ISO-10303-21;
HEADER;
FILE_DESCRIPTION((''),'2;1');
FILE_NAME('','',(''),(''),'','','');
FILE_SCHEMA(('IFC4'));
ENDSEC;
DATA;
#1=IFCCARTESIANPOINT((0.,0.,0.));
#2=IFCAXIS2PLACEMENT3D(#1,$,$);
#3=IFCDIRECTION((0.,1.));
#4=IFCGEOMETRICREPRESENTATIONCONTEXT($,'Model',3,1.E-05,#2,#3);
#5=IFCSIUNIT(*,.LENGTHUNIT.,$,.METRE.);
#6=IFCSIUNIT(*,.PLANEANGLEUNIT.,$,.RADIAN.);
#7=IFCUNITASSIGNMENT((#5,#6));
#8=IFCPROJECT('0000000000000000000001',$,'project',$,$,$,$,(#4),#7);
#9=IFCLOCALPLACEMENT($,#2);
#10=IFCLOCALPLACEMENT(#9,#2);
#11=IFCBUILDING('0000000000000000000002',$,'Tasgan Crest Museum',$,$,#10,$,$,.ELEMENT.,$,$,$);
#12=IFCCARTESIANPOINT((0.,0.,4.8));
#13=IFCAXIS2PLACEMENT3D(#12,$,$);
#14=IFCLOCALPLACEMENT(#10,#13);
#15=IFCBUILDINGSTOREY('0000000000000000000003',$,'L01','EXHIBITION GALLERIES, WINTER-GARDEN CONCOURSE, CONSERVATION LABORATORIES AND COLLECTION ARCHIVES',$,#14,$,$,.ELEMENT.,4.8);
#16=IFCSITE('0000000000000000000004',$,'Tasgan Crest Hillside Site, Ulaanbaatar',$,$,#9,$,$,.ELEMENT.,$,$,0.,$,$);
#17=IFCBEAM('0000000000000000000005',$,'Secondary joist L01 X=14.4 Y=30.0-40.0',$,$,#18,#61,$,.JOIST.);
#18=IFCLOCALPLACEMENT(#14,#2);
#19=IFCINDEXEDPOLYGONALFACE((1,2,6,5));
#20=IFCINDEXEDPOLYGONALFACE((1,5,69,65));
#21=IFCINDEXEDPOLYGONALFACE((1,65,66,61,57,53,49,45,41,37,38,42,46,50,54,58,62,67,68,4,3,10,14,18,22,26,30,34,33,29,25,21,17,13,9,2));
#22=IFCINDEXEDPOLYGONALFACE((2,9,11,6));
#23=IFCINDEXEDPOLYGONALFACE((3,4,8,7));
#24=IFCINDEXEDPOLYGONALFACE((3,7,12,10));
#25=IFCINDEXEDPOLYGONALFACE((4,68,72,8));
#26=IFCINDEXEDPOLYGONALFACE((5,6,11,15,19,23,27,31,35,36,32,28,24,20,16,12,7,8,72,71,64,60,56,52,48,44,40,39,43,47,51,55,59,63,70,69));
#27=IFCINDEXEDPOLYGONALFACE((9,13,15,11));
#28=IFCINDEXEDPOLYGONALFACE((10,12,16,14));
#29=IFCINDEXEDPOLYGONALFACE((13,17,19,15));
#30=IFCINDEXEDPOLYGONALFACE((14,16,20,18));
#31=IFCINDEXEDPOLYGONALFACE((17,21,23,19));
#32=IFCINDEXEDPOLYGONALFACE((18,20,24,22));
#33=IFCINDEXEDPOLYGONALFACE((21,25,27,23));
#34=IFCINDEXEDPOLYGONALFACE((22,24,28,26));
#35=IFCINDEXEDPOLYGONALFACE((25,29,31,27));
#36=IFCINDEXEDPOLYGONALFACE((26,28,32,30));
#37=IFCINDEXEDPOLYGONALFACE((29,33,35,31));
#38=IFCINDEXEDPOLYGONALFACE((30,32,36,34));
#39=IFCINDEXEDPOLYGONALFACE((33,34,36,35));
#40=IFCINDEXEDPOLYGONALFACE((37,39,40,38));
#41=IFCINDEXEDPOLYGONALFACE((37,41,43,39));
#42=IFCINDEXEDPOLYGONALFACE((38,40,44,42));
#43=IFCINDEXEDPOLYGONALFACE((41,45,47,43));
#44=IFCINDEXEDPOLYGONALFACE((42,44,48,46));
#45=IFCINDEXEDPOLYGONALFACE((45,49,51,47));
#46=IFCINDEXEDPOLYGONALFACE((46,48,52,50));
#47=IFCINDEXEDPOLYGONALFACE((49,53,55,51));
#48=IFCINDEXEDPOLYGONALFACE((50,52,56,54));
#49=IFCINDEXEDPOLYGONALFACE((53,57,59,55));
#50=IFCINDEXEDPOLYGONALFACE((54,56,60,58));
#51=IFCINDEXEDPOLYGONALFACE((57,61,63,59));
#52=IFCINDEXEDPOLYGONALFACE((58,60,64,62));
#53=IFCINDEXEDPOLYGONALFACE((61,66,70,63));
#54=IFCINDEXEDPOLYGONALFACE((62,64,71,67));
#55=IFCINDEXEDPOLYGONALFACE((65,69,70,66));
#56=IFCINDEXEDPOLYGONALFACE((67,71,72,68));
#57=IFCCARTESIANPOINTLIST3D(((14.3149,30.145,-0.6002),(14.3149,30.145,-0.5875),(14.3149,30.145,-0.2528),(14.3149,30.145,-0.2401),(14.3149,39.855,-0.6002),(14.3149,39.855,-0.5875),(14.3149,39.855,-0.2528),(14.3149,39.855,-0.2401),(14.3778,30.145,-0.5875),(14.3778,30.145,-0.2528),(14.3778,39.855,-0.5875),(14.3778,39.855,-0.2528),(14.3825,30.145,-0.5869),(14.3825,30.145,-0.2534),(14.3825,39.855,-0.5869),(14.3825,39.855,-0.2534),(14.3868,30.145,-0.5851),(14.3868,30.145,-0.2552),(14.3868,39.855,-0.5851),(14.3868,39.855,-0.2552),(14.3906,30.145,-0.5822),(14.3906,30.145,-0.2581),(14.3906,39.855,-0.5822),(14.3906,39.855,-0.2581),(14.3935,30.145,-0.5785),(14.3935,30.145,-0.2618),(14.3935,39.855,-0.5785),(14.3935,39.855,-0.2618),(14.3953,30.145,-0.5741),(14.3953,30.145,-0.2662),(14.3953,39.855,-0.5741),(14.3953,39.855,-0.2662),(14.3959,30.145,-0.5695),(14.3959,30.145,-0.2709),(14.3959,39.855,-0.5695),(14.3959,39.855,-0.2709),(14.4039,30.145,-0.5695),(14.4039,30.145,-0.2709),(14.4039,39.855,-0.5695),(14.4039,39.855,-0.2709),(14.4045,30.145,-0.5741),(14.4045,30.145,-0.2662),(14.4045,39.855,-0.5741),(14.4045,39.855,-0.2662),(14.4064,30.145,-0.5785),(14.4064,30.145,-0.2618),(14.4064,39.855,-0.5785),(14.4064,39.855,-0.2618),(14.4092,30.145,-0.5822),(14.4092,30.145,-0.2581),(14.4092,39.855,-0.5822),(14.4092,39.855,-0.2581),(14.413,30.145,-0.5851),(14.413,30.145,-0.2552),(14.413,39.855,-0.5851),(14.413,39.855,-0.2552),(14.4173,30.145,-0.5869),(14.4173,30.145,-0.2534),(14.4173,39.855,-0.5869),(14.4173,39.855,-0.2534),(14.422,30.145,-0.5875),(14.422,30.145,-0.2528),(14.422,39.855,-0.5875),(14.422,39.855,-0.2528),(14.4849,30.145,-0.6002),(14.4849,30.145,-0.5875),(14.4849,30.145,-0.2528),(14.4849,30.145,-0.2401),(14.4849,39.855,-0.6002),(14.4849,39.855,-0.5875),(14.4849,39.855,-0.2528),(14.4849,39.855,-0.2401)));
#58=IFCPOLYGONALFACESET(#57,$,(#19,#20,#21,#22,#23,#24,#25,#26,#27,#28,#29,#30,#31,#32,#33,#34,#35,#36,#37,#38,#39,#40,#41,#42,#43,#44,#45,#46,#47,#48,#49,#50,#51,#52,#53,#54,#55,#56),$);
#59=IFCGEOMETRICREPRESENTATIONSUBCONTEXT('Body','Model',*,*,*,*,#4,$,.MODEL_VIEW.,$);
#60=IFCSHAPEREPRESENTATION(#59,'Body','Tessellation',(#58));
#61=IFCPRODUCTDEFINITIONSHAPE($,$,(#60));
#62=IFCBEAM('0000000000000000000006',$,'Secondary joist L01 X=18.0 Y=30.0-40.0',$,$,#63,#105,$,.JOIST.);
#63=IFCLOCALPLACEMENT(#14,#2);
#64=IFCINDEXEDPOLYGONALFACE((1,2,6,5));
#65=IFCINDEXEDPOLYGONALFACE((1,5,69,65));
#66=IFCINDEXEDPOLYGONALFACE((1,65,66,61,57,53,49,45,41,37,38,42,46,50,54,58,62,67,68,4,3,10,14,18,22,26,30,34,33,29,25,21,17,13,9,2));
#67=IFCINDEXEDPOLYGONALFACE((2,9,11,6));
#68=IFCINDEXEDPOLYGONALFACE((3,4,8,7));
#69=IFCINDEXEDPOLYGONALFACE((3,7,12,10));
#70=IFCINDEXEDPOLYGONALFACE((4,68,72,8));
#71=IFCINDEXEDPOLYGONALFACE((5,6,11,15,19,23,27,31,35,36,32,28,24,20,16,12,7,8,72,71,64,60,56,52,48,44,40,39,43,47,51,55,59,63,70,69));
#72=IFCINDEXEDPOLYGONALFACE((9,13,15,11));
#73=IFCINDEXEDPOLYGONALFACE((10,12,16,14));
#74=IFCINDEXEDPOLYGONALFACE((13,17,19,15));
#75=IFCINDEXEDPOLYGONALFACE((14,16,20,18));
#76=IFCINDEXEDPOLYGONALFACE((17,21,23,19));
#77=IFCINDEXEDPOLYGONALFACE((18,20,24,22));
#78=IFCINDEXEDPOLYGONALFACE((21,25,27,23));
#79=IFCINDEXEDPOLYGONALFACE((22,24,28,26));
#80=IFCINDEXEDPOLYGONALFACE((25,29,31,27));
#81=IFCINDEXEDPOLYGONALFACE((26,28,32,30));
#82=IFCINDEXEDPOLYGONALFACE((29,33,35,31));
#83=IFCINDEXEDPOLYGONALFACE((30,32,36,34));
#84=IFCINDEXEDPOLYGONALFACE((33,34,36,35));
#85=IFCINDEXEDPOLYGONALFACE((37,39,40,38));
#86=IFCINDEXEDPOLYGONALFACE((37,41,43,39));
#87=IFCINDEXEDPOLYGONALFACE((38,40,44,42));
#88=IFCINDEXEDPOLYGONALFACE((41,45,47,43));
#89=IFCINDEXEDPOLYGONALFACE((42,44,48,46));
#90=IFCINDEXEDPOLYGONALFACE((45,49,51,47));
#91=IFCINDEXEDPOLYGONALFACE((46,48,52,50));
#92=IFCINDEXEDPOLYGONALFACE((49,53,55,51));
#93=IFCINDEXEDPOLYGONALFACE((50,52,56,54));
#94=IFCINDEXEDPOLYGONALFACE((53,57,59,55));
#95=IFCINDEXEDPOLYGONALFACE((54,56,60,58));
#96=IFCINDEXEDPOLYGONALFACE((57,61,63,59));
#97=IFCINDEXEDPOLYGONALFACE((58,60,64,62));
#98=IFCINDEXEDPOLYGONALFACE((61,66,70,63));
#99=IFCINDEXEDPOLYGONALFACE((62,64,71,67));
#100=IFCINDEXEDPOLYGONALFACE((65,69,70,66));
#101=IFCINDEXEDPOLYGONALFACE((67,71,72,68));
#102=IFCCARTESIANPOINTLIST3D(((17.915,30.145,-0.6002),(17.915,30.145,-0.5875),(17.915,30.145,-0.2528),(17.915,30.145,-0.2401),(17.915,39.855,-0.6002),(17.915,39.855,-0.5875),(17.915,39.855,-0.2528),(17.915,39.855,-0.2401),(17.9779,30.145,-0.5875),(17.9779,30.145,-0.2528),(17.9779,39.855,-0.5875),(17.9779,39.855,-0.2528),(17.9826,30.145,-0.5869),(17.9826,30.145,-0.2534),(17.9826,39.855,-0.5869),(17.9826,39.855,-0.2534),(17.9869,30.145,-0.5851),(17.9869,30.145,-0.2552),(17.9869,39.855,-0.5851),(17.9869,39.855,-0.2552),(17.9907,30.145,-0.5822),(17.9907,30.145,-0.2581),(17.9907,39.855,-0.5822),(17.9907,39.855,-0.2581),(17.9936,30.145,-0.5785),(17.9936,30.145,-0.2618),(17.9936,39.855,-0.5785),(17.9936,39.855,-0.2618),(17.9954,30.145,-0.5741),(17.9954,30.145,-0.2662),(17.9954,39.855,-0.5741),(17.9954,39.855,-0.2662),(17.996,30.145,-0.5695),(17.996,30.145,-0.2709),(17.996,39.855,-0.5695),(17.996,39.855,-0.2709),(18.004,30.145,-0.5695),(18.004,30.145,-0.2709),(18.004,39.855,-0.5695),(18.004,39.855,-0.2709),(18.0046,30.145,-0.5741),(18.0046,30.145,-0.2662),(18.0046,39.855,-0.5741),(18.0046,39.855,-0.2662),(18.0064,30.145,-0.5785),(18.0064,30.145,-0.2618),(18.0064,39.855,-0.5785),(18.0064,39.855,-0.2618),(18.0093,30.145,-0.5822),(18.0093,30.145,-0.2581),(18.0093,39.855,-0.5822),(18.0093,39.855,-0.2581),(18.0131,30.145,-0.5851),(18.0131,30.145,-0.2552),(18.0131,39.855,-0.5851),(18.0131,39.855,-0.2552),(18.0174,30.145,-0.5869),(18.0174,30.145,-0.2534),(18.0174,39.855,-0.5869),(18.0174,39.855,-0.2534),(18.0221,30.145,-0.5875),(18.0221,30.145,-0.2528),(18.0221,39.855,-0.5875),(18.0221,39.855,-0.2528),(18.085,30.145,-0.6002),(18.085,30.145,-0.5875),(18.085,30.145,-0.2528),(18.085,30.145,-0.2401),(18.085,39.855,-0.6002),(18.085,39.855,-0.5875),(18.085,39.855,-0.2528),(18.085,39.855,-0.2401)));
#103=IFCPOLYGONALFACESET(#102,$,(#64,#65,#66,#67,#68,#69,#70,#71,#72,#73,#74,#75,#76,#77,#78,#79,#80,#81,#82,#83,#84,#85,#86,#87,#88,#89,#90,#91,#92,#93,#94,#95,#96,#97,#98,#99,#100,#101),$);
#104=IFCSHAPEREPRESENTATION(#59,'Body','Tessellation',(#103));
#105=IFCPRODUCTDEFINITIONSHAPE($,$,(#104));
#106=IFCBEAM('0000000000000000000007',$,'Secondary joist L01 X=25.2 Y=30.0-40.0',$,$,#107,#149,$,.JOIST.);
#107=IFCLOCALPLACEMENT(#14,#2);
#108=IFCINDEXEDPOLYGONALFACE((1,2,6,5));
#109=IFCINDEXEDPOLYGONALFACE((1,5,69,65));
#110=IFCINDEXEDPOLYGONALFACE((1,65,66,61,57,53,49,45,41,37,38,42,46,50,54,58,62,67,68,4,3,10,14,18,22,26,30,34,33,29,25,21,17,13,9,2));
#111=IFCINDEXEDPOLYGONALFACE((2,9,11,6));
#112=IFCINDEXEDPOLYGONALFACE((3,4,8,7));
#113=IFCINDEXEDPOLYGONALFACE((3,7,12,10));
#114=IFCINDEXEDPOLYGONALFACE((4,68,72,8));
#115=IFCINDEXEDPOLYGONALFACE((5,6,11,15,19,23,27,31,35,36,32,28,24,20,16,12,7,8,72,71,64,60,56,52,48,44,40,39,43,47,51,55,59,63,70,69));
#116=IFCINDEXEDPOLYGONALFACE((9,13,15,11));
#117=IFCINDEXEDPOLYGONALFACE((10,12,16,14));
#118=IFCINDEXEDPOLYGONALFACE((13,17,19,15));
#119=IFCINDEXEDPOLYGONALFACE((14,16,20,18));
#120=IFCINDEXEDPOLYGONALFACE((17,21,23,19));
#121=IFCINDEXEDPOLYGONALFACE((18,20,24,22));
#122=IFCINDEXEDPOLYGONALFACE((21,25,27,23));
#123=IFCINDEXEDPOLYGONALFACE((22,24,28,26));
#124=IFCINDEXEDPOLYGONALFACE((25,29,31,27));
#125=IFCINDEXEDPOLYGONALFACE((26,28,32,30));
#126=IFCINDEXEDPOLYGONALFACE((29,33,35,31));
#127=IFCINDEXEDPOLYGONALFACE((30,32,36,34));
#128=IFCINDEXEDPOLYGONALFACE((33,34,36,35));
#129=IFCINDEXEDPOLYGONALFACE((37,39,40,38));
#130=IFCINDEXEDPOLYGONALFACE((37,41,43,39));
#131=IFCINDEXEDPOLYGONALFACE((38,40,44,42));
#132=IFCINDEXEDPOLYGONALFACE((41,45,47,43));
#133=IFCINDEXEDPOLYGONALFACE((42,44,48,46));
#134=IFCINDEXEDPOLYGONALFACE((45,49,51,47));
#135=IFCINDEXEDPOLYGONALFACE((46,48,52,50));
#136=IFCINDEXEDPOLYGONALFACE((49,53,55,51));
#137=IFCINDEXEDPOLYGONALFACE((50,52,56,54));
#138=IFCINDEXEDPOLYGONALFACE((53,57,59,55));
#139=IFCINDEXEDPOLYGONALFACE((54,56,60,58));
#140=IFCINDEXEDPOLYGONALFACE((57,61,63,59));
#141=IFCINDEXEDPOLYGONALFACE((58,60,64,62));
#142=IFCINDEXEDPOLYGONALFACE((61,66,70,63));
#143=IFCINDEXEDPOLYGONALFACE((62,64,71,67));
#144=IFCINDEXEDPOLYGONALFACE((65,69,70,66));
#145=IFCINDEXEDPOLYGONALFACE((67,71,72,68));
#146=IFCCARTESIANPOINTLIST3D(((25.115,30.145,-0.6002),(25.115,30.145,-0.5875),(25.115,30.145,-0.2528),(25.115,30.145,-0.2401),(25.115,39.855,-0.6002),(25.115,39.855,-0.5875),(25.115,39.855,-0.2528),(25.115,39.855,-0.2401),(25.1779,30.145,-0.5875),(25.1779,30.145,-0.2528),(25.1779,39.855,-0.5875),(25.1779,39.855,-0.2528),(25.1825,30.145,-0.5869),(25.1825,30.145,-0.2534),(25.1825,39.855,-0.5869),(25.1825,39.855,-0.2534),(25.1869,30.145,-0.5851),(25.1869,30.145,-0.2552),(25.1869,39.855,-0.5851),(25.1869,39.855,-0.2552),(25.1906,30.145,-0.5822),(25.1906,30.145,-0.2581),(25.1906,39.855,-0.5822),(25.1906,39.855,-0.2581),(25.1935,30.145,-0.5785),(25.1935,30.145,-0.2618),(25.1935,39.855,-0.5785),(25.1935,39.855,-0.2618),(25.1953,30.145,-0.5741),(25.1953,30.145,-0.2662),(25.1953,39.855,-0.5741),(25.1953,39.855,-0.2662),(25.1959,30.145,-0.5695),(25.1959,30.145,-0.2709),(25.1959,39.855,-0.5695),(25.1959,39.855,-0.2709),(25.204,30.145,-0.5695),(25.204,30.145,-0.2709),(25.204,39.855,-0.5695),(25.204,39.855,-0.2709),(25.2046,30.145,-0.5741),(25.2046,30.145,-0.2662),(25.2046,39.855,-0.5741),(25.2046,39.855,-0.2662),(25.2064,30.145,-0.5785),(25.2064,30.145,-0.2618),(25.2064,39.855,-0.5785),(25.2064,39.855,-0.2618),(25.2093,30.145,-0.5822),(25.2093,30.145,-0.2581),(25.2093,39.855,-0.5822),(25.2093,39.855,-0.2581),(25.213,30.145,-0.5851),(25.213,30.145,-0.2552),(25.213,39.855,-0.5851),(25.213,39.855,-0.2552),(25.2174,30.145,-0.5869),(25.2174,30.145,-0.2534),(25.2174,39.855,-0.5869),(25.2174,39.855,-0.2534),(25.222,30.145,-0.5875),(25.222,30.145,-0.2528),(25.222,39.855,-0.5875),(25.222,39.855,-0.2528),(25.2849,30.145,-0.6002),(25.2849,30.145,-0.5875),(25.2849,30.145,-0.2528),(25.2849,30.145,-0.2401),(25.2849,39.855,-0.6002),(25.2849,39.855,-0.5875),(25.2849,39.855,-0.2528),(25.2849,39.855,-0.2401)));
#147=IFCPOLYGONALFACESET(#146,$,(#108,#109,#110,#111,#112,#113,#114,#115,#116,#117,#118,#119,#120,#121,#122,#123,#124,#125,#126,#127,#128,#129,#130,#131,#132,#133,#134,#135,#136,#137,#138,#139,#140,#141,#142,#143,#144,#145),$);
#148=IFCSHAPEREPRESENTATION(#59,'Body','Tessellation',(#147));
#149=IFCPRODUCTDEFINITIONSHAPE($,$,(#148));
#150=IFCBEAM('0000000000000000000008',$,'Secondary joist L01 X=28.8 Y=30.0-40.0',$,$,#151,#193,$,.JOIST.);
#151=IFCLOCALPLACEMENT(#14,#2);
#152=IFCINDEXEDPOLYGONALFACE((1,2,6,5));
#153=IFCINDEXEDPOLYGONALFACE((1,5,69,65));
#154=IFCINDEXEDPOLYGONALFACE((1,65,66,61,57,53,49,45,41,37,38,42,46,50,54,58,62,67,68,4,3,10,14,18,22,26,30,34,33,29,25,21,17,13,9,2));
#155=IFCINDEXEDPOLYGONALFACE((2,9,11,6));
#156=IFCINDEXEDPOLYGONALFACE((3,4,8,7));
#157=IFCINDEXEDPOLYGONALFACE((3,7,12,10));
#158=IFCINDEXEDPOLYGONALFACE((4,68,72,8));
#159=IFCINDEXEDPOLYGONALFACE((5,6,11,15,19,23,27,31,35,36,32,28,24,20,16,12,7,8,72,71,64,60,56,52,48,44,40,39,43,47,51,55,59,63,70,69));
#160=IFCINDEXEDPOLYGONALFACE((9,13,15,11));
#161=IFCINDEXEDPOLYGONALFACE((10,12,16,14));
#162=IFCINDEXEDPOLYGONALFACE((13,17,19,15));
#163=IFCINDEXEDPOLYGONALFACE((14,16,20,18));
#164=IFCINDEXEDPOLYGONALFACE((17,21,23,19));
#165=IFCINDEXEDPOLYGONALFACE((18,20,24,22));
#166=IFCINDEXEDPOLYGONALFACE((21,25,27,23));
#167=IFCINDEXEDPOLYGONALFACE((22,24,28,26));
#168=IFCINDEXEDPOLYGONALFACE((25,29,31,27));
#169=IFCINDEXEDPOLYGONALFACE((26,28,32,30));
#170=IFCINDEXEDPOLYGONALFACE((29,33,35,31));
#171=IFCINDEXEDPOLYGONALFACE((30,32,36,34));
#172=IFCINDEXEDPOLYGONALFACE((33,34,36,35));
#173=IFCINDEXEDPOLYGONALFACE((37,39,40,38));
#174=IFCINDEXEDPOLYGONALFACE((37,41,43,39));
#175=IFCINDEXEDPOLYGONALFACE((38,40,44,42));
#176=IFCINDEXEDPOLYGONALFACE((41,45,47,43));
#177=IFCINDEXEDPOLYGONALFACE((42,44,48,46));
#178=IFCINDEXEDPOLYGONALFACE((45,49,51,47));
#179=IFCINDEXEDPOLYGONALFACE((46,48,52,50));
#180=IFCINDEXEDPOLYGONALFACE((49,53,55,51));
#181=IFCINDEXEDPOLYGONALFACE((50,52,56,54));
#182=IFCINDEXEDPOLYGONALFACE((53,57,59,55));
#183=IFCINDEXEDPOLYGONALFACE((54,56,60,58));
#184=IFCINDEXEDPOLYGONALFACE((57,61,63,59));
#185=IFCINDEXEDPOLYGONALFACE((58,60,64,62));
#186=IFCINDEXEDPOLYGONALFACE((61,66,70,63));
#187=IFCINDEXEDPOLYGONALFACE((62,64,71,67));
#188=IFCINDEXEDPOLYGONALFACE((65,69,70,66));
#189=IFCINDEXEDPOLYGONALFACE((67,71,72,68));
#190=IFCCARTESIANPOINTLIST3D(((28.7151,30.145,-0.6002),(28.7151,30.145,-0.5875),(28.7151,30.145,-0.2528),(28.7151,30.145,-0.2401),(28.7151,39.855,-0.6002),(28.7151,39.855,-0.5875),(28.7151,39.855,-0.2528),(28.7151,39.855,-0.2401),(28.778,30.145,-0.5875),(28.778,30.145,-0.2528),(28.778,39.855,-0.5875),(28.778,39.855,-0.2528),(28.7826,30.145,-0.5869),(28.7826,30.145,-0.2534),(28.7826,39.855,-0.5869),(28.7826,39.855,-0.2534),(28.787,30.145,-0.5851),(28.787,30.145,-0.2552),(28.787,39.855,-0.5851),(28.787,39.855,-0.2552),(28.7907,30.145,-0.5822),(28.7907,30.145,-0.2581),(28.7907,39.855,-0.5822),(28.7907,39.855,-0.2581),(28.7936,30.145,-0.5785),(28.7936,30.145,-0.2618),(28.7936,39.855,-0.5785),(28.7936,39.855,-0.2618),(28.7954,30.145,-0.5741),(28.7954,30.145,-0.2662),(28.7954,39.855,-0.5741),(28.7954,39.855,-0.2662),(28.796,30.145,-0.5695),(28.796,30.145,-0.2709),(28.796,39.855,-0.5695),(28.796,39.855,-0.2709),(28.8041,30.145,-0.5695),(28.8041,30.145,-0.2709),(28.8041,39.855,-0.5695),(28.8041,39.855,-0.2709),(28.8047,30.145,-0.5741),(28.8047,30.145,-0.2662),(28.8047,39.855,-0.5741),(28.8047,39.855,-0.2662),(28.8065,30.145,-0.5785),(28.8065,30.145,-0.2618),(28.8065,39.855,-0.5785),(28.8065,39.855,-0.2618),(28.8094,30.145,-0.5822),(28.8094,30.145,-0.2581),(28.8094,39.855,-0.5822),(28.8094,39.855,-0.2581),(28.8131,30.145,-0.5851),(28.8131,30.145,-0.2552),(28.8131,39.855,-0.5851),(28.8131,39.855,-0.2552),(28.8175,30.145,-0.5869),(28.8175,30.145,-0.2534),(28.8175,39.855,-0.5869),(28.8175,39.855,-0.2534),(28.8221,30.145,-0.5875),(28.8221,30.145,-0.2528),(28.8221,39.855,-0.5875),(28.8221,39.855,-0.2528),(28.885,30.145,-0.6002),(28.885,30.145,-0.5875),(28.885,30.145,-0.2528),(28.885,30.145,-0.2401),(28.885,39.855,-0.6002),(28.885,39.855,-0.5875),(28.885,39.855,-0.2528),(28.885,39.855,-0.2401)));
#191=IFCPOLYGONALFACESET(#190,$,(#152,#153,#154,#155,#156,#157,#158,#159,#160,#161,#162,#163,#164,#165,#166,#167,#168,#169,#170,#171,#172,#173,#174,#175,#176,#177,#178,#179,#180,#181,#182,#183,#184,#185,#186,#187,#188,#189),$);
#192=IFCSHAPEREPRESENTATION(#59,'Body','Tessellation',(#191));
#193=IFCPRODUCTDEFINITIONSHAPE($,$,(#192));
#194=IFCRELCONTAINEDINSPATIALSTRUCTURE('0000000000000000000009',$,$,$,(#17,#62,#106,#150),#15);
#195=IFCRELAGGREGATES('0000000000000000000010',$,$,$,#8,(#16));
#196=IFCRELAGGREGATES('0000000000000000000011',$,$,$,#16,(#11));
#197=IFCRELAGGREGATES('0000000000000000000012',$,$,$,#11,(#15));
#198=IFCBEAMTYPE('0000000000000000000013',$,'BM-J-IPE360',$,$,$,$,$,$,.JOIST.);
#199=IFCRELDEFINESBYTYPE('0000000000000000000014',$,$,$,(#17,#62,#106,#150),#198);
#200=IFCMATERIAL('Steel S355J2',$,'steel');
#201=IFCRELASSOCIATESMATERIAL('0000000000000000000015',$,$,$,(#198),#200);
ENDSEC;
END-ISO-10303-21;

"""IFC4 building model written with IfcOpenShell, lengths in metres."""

from ifc_helpers import new_model, si_unit, direction, frame, origin, origin_2d, place, context, subcontext, project, spatial, i_section, extrude, material, material_profile, profile_set, type_object, element, save


model = new_model("IFC4")

# Units and contexts
model_context = context("Model", 3, precision=1e-05, world=origin(), true_north=direction((0.0, 1.0)))
body_context = subcontext(model_context, "Body", "Model", "MODEL_VIEW")
ifc_project = project(units=[si_unit("LENGTHUNIT", "METRE"), si_unit("PLANEANGLEUNIT", "RADIAN")], contexts=[model_context])

# Site, building, storey
site_placement = place(None, origin())
site = spatial("IfcSite", under=ifc_project, at=site_placement, Name="Tasgan Crest Hillside Site, Ulaanbaatar", CompositionType="ELEMENT", RefElevation=0.0)
building_placement = place(site_placement, origin())
building = spatial("IfcBuilding", under=site, at=building_placement, Name="Tasgan Crest Museum", CompositionType="ELEMENT")
storey_placement = place(building_placement, frame((0.0, 0.0, 4.8)))
storey = spatial("IfcBuildingStorey", under=building, at=storey_placement, Name="L01", Description="EXHIBITION GALLERIES, WINTER-GARDEN CONCOURSE, CONSERVATION LABORATORIES AND COLLECTION ARCHIVES", CompositionType="ELEMENT", Elevation=4.8)

# Beams
ifc_material_1 = material(Name="Steel S355J2", Category="steel")
ifc_material_profile_1 = material_profile(ifc_material_1, i_section(OverallWidth=0.1699, OverallDepth=0.3601, WebThickness=0.0081, FlangeThickness=0.0127, FilletRadius=0.0181, at=origin_2d()), Name="IPE 360")
ifc_profile_set_1 = profile_set([ifc_material_profile_1], Name="Steel S355J2")
beam_type_1 = type_object("IfcBeamType", Name="BM-J-IPE360", PredefinedType="JOIST", material=ifc_profile_set_1)
for number, where, z_axis, x_axis, name in (
    (1, (14.3999, 30.145, -0.4202), (0.0, 1.0, 0.0), (-1.0, 0.0, 0.0), "Secondary joist L01 X=14.4 Y=30.0-40.0"),
    (2, (18.0, 30.145, -0.4202), (0.0, 1.0, 0.0), (-1.0, 0.0, 0.0), "Secondary joist L01 X=18.0 Y=30.0-40.0"),
    (3, (25.2, 30.145, -0.4202), (0.0, 1.0, 0.0), (-1.0, 0.0, 0.0), "Secondary joist L01 X=25.2 Y=30.0-40.0"),
    (4, (28.8, 30.145, -0.4202), (0.0, 1.0, 0.0), (-1.0, 0.0, 0.0), "Secondary joist L01 X=28.8 Y=30.0-40.0"),
):
    element("IfcBeam", number, at=place(storey_placement, frame(where, z_axis=z_axis, x_axis=x_axis)), inside=storey, type_object=beam_type_1, Name=name, PredefinedType="JOIST", context=body_context, shape_type="SweptSolid", body=[
        extrude(i_section(OverallWidth=0.1699, OverallDepth=0.3601, WebThickness=0.0081, FlangeThickness=0.0127, FilletRadius=0.0181, at=origin_2d()), origin(), (0.0, 0.0, 1.0), 9.71),
    ])

save(model, "model.ifc")
